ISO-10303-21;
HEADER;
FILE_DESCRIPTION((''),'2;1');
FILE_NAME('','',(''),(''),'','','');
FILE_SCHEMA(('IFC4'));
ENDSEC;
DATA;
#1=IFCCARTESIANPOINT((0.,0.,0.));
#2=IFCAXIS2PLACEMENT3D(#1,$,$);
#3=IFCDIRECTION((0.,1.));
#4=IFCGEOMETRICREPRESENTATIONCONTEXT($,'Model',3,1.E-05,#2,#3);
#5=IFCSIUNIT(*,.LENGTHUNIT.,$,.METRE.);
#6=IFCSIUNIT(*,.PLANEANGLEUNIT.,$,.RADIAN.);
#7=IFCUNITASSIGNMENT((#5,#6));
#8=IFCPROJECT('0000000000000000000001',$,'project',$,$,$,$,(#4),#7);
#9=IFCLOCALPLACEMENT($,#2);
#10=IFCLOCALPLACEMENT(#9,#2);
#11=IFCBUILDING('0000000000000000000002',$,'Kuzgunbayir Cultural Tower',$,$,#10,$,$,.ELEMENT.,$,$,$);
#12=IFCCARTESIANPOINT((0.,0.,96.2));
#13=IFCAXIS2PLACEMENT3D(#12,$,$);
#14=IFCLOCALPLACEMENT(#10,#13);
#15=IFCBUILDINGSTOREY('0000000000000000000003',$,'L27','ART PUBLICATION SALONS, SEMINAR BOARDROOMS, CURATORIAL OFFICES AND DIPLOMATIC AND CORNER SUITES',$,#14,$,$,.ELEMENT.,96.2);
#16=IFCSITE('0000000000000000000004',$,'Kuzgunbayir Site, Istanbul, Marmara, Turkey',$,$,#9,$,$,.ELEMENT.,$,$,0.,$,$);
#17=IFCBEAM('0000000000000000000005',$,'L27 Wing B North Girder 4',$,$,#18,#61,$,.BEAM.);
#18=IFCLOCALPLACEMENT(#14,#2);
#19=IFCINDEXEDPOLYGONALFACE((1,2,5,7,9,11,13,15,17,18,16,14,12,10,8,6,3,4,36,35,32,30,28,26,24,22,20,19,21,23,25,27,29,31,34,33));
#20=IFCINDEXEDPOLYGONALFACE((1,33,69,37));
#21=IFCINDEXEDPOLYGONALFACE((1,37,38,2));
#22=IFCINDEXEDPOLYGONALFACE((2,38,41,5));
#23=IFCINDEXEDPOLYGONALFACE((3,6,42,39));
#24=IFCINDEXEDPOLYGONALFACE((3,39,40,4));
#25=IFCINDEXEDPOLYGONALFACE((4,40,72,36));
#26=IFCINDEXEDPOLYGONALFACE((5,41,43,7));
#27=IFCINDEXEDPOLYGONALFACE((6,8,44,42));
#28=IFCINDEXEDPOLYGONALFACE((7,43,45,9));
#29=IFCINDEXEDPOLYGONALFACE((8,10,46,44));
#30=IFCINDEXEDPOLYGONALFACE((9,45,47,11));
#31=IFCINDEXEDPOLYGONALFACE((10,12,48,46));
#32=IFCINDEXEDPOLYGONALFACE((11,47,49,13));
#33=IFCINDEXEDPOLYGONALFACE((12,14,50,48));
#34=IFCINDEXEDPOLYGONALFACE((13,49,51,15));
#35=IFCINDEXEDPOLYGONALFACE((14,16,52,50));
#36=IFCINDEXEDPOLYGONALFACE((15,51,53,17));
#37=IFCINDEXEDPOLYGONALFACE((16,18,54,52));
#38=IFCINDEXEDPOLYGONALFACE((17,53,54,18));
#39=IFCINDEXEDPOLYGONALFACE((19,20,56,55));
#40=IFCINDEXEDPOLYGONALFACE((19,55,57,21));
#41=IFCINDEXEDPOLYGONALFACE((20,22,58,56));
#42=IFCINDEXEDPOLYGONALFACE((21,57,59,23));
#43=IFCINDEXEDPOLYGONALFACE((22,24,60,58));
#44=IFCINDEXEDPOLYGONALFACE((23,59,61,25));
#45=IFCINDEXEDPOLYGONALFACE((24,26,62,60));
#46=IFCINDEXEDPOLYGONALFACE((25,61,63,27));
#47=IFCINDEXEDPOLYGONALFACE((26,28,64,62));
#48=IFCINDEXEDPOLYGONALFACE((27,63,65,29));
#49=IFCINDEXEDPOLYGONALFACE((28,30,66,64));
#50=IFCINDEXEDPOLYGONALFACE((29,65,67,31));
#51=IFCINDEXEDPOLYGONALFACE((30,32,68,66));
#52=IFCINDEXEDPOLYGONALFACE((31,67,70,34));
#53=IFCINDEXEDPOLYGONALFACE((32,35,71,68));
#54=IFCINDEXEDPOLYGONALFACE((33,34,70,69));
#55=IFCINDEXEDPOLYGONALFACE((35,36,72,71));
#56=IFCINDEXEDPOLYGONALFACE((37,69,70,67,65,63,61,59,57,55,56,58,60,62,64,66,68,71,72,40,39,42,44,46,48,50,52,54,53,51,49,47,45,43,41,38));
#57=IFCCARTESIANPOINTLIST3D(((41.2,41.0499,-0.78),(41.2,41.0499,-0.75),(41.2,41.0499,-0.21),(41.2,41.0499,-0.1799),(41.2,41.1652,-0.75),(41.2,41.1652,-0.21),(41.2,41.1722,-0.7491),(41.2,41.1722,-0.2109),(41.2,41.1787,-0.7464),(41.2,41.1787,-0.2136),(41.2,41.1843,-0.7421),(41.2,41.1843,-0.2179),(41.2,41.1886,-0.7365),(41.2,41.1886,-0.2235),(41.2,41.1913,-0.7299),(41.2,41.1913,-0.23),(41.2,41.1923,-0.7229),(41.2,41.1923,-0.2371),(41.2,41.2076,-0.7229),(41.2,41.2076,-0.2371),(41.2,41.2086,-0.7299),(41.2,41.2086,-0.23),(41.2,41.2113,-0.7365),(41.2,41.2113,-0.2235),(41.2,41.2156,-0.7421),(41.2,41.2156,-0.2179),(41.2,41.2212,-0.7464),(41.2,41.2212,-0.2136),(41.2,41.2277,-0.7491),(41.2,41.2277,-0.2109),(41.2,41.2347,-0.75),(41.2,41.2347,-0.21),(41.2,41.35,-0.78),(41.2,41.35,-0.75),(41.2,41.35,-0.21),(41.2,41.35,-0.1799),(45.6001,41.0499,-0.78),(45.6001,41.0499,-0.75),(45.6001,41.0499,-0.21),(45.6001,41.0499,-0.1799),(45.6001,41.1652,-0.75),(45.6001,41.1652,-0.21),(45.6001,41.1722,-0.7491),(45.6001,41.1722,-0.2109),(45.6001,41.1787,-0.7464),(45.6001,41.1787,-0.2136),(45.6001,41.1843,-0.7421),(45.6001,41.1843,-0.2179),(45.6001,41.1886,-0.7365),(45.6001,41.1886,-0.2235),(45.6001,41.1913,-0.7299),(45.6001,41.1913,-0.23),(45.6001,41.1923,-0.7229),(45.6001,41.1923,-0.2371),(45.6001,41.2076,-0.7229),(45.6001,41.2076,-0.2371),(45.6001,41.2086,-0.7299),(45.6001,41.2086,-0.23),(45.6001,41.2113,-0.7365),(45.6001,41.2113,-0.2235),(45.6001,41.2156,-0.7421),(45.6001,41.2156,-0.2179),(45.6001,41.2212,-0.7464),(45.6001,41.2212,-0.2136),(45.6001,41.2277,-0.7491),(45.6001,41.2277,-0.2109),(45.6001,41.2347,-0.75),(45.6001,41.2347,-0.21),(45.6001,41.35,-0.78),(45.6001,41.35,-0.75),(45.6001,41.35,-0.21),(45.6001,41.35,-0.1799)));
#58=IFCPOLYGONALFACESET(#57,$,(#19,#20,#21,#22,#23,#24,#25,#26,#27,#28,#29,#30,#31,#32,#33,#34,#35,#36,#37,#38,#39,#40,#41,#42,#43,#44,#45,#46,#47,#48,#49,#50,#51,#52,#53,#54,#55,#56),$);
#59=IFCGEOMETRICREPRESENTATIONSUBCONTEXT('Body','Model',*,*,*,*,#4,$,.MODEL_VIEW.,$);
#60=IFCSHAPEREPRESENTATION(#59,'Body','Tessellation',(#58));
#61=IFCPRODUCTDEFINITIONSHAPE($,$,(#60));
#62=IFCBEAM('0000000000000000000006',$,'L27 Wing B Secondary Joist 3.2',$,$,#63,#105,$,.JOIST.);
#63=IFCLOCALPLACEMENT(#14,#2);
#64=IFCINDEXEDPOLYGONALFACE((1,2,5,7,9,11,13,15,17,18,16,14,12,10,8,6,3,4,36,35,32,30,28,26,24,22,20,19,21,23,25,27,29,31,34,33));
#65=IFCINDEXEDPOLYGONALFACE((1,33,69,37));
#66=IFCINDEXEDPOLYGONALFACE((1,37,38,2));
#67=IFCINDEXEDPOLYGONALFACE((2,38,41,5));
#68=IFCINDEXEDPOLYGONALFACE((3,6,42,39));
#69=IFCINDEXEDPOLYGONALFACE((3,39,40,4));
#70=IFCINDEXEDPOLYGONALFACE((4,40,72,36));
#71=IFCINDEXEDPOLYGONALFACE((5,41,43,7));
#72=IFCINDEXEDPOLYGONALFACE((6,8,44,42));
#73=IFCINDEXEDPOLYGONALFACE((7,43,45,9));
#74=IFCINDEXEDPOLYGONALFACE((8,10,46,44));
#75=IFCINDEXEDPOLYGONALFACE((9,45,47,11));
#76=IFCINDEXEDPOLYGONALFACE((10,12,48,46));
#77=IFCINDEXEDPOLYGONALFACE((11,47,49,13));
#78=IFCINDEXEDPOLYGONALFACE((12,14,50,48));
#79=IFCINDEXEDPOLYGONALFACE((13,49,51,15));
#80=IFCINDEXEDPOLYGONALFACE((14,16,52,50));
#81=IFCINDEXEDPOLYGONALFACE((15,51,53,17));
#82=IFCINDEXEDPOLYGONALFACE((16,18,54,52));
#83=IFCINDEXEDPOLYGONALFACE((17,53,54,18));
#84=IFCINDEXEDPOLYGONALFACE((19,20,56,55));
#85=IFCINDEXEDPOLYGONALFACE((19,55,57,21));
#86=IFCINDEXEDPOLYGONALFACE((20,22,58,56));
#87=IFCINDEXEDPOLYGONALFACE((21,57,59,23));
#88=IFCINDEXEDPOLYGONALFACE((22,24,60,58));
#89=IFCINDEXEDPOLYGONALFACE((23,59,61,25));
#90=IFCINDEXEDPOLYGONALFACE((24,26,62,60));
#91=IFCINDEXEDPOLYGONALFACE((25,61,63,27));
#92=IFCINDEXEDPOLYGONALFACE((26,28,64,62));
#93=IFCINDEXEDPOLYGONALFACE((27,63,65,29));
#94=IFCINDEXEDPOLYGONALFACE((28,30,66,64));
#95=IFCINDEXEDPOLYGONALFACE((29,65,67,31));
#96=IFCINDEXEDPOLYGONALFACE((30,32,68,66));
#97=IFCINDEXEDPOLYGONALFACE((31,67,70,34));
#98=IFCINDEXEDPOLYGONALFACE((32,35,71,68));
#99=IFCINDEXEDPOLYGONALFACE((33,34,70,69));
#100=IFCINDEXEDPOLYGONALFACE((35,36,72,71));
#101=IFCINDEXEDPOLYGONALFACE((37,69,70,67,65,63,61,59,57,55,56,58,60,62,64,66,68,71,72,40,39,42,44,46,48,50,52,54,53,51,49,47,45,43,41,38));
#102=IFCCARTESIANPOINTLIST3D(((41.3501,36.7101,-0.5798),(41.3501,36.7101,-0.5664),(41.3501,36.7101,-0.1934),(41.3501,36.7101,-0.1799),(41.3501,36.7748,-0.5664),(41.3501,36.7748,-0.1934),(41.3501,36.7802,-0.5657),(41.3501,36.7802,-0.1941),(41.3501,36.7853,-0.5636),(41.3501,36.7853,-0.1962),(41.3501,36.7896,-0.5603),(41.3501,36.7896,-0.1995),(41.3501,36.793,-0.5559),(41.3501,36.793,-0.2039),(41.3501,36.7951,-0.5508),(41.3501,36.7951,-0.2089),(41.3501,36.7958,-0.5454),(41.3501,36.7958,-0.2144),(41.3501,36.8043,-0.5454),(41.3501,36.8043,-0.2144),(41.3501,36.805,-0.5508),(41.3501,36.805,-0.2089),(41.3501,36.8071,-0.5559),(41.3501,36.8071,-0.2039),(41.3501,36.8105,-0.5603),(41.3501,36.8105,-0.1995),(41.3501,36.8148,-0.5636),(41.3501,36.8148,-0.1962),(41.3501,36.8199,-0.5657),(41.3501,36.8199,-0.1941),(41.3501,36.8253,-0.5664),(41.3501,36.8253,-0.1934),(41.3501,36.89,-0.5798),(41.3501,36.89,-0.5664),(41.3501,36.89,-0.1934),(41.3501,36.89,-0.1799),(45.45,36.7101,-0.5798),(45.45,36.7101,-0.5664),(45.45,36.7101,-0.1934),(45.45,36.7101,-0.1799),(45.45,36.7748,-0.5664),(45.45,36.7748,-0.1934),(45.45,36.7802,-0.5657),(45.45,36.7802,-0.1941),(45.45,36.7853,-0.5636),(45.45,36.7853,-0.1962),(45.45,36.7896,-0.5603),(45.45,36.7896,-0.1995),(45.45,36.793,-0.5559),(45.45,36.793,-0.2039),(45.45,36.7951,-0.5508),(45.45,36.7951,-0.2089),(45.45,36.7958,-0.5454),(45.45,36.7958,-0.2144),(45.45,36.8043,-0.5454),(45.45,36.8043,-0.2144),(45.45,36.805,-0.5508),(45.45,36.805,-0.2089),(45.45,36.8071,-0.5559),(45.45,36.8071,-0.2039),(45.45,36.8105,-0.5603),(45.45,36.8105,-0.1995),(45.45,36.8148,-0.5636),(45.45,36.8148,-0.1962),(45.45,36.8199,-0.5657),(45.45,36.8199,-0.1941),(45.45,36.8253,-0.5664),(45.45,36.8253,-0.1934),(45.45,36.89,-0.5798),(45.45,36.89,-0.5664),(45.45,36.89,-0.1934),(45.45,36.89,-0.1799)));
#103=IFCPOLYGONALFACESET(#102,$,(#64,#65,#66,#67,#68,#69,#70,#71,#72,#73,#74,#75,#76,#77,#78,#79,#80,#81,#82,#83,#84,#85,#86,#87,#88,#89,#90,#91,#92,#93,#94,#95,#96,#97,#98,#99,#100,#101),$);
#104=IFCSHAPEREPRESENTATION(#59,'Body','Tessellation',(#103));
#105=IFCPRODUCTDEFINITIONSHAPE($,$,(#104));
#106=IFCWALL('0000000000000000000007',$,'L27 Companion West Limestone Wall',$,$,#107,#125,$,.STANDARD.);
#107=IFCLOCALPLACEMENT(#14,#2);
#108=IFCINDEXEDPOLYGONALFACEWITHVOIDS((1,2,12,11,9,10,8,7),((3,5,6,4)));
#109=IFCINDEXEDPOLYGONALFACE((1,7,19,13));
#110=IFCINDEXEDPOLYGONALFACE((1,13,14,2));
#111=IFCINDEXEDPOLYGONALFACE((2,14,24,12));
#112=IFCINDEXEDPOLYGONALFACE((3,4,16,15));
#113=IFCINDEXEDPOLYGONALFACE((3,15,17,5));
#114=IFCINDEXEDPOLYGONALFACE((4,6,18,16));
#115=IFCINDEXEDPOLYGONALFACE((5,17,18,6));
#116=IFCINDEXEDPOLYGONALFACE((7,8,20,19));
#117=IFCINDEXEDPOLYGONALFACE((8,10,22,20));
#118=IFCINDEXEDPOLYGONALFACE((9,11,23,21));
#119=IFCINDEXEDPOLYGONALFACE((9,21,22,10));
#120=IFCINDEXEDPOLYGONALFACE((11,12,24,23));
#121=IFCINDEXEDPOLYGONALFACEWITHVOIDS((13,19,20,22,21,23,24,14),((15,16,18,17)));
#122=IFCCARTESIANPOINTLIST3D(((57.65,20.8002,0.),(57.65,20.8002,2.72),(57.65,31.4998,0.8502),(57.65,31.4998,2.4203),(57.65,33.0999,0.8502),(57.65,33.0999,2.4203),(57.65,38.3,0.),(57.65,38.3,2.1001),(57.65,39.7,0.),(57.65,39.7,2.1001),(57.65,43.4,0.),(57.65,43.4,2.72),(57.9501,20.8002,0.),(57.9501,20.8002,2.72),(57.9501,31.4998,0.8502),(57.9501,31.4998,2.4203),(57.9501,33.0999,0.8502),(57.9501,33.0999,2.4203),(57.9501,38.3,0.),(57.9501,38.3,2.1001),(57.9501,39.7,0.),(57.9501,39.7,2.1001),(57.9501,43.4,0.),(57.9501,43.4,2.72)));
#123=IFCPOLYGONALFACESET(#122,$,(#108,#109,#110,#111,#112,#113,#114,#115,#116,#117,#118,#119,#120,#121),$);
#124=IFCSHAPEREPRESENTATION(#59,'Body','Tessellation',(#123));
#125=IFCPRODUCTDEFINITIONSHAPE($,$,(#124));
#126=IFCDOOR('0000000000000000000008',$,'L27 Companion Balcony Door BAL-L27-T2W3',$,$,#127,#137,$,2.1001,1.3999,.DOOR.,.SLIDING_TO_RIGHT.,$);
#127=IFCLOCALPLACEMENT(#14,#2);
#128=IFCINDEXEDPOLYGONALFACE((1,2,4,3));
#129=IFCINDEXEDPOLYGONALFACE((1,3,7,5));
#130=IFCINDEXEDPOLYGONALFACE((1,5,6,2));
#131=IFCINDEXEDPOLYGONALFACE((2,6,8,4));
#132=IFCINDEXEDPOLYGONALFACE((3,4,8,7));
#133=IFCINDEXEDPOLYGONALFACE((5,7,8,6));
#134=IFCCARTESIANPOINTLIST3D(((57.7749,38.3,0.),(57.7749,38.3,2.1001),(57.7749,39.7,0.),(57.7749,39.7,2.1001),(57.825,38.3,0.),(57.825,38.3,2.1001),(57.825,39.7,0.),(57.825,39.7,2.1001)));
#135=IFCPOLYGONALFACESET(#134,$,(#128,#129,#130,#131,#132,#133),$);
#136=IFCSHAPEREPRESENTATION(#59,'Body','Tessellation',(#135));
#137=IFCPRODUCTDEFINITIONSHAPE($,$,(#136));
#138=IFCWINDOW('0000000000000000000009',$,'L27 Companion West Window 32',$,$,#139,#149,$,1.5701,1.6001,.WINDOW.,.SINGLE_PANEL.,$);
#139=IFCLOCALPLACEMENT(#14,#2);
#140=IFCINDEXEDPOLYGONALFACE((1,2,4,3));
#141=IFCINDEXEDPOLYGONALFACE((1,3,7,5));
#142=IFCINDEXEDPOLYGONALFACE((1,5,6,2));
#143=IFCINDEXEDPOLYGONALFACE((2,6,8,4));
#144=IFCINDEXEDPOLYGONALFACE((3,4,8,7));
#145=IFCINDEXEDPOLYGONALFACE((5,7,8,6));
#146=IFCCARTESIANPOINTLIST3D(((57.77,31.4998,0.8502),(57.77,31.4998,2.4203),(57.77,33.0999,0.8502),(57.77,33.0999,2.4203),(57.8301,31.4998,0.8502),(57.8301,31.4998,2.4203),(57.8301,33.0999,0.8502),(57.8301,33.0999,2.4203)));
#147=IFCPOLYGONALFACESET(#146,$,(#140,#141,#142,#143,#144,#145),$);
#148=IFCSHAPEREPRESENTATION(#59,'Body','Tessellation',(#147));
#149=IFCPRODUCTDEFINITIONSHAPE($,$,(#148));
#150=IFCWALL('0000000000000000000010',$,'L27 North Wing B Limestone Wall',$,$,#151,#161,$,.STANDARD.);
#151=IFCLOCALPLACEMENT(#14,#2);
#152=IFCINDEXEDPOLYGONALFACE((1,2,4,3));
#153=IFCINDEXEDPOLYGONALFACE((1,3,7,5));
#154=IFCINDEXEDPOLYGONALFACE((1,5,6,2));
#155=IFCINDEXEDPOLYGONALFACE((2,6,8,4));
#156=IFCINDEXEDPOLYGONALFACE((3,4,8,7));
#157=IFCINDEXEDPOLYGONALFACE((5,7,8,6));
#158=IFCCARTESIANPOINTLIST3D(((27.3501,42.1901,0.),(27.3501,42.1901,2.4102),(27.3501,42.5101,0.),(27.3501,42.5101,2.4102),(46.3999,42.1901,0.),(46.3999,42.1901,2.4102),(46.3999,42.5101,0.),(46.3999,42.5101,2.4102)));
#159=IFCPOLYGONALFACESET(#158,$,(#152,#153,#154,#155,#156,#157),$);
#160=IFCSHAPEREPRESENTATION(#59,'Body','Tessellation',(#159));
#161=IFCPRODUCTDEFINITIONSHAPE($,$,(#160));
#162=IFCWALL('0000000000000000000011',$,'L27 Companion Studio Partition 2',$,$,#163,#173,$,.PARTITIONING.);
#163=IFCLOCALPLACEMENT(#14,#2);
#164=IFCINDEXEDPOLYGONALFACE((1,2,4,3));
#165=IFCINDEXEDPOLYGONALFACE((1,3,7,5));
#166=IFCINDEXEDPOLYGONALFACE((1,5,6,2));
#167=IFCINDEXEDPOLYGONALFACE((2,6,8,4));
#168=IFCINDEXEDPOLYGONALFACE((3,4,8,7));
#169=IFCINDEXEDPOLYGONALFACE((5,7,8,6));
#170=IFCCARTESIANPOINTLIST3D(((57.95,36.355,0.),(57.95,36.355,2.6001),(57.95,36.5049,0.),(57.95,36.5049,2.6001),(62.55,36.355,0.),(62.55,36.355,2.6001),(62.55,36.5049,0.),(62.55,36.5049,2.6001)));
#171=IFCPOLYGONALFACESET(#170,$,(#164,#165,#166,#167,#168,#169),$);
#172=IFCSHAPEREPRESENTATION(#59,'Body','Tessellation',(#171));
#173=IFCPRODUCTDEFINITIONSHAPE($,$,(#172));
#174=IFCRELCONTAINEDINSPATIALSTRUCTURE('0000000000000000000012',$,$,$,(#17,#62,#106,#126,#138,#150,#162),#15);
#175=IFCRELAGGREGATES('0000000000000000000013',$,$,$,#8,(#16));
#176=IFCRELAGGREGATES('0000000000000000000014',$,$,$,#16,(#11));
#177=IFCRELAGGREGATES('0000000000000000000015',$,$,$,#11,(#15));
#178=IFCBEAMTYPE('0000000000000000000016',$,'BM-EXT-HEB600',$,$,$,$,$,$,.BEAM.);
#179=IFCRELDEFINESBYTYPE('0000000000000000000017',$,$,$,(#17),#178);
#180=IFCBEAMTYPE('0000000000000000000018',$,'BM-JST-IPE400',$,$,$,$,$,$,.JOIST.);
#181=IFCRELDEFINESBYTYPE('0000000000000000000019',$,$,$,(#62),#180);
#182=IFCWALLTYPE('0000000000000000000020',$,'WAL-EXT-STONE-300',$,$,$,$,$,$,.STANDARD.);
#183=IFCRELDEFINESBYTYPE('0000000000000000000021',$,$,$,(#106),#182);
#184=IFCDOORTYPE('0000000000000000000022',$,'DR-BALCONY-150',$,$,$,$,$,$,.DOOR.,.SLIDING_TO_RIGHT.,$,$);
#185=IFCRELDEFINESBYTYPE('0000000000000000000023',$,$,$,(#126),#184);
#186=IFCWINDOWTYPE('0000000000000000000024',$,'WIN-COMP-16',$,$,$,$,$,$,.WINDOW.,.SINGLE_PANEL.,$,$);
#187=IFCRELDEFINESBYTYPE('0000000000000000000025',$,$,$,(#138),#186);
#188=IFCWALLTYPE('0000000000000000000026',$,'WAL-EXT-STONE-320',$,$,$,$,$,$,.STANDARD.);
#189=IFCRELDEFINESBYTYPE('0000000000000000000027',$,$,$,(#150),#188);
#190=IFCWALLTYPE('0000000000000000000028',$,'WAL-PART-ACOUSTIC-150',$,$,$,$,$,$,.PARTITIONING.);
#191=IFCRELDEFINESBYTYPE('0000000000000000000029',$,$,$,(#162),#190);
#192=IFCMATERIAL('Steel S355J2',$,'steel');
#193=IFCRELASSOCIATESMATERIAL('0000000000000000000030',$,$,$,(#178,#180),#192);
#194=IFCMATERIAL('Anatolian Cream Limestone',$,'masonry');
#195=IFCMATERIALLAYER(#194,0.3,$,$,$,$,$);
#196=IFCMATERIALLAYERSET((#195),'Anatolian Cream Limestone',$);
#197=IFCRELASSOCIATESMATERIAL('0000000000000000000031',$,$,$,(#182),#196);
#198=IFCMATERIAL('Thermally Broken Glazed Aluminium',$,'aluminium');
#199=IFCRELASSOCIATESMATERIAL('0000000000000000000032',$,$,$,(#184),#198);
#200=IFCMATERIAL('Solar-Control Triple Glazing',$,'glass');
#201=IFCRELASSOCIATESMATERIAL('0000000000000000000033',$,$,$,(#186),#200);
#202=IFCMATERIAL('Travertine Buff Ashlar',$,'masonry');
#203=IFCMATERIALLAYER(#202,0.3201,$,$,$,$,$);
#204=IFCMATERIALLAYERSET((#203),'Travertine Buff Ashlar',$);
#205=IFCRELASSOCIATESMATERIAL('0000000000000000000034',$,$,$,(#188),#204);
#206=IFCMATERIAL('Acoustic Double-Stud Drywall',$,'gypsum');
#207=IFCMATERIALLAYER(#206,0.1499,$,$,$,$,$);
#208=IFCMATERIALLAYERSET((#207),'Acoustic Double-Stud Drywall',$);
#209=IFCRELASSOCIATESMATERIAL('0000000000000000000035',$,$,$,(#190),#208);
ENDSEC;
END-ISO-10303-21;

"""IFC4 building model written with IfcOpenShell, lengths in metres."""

from ifc_helpers import new_model, si_unit, direction, frame, frame_2d, origin, origin_2d, place, context, subcontext, project, spatial, rectangle, i_section, extrude, material, layer, layer_set, material_profile, profile_set, type_object, element, fill, save


model = new_model("IFC4")

# Units and contexts
model_context = context("Model", 3, precision=1e-05, world=origin(), true_north=direction((0.0, 1.0)))
body_context = subcontext(model_context, "Body", "Model", "MODEL_VIEW")
ifc_project = project(units=[si_unit("LENGTHUNIT", "METRE"), si_unit("PLANEANGLEUNIT", "RADIAN")], contexts=[model_context])

# Site, building, storey
site_placement = place(None, origin())
site = spatial("IfcSite", under=ifc_project, at=site_placement, Name="Kuzgunbayir Site, Istanbul, Marmara, Turkey", CompositionType="ELEMENT", RefElevation=0.0)
building_placement = place(site_placement, origin())
building = spatial("IfcBuilding", under=site, at=building_placement, Name="Kuzgunbayir Cultural Tower", CompositionType="ELEMENT")
storey_placement = place(building_placement, frame((0.0, 0.0, 96.2)))
storey = spatial("IfcBuildingStorey", under=building, at=storey_placement, Name="L27", Description="ART PUBLICATION SALONS, SEMINAR BOARDROOMS, CURATORIAL OFFICES AND DIPLOMATIC AND CORNER SUITES", CompositionType="ELEMENT", Elevation=96.2)

# Beams
ifc_material_1 = material(Name="Steel S355J2", Category="steel")
ifc_material_profile_1 = material_profile(ifc_material_1, i_section(OverallWidth=0.3, OverallDepth=0.6001, WebThickness=0.0154, FlangeThickness=0.03, FilletRadius=0.0271, at=origin_2d()), Name="HEB 600")
ifc_profile_set_1 = profile_set([ifc_material_profile_1], Name="Steel S355J2")
beam_type_1 = type_object("IfcBeamType", Name="BM-EXT-HEB600", PredefinedType="BEAM", material=ifc_profile_set_1)
beam_1_placement = place(storey_placement, frame((41.2, 41.2, -0.48), z_axis=(1.0, 0.0, 0.0), x_axis=(0.0, 1.0, 0.0)))
element("IfcBeam", 1, at=beam_1_placement, inside=storey, type_object=beam_type_1, Name="L27 Wing B North Girder 4", PredefinedType="BEAM", context=body_context, shape_type="SweptSolid", body=[
    extrude(i_section(OverallWidth=0.3, OverallDepth=0.6001, WebThickness=0.0154, FlangeThickness=0.03, FilletRadius=0.0271, at=origin_2d()), origin(), (0.0, 0.0, 1.0), 4.4001),
])
ifc_material_profile_2 = material_profile(ifc_material_1, i_section(OverallWidth=0.1799, OverallDepth=0.3999, WebThickness=0.0085, FlangeThickness=0.0134, FilletRadius=0.021, at=origin_2d()), Name="IPE 400")
ifc_profile_set_2 = profile_set([ifc_material_profile_2], Name="Steel S355J2")
beam_type_2 = type_object("IfcBeamType", Name="BM-JST-IPE400", PredefinedType="JOIST", material=ifc_profile_set_2)
beam_2_placement = place(storey_placement, frame((41.3501, 36.8, -0.3799), z_axis=(1.0, 0.0, 0.0), x_axis=(0.0, 1.0, 0.0)))
element("IfcBeam", 2, at=beam_2_placement, inside=storey, type_object=beam_type_2, Name="L27 Wing B Secondary Joist 3.2", PredefinedType="JOIST", context=body_context, shape_type="SweptSolid", body=[
    extrude(i_section(OverallWidth=0.1799, OverallDepth=0.3999, WebThickness=0.0085, FlangeThickness=0.0134, FilletRadius=0.021, at=origin_2d()), origin(), (0.0, 0.0, 1.0), 4.0999),
])

# Wall, openings, door, window
ifc_material_2 = material(Name="Anatolian Cream Limestone", Category="masonry")
ifc_layer_1 = layer(ifc_material_2, 0.3)
ifc_layer_set_1 = layer_set([ifc_layer_1], Name="Anatolian Cream Limestone")
wall_type_1 = type_object("IfcWallType", Name="WAL-EXT-STONE-300", PredefinedType="STANDARD", material=ifc_layer_set_1)
wall_1_placement = place(storey_placement, frame((57.8, 43.3999, 0.0), z_axis=(0.0, 0.0, 1.0), x_axis=(0.0, -1.0, 0.0)))
wall_1 = element("IfcWall", 3, at=wall_1_placement, inside=storey, type_object=wall_type_1, Name="L27 Companion West Limestone Wall", PredefinedType="STANDARD", context=body_context, shape_type="SweptSolid", body=[
    extrude(rectangle(XDim=22.5999, YDim=0.3, at=frame_2d((11.2998, 0.0))), origin(), (0.0, 0.0, 1.0), 2.72),
])
opening_1_placement = place(wall_1_placement, frame((3.7, 0.0, 0.0)))
opening_1 = element("IfcOpeningElement", 4, at=opening_1_placement, cuts=wall_1, PredefinedType="OPENING", context=body_context, shape_type="SweptSolid", body=[
    extrude(rectangle(XDim=1.3999, YDim=2.1001, at=frame_2d((0.7, 1.05))), frame((0.0, 0.1602, 0.0), z_axis=(0.0, -1.0, 0.0), x_axis=(1.0, 0.0, 0.0)), (0.0, 0.0, 1.0), 0.3201),
])
opening_2_placement = place(wall_1_placement, frame((10.3, 0.0, 0.8501)))
opening_2 = element("IfcOpeningElement", 5, at=opening_2_placement, cuts=wall_1, PredefinedType="OPENING", context=body_context, shape_type="SweptSolid", body=[
    extrude(rectangle(XDim=1.6001, YDim=1.5701, at=frame_2d((0.8, 0.7852))), frame((0.0, 0.1602, 0.0), z_axis=(0.0, -1.0, 0.0), x_axis=(1.0, 0.0, 0.0)), (0.0, 0.0, 1.0), 0.3201),
])
ifc_material_3 = material(Name="Thermally Broken Glazed Aluminium", Category="aluminium")
door_type_1 = type_object("IfcDoorType", Name="DR-BALCONY-150", OperationType="SLIDING_TO_RIGHT", PredefinedType="DOOR", material=ifc_material_3)
door_1_placement = place(opening_1_placement, origin())
door_1 = element("IfcDoor", 6, at=door_1_placement, inside=storey, type_object=door_type_1, Name="L27 Companion Balcony Door BAL-L27-T2W3", OperationType="SLIDING_TO_RIGHT", OverallHeight=2.1001, OverallWidth=1.3999, PredefinedType="DOOR", context=body_context, shape_type="SweptSolid", body=[
    extrude(rectangle(XDim=1.3999, YDim=2.1001, at=frame_2d((0.7, 1.05))), frame((0.0, 0.0249, 0.0), z_axis=(0.0, -1.0, 0.0), x_axis=(1.0, 0.0, 0.0)), (0.0, 0.0, 1.0), 0.05),
])
fill(opening_1, door_1)
ifc_material_4 = material(Name="Solar-Control Triple Glazing", Category="glass")
window_type = type_object("IfcWindowType", Name="WIN-COMP-16", PartitioningType="SINGLE_PANEL", PredefinedType="WINDOW", material=ifc_material_4)
window_placement = place(opening_2_placement, origin())
window = element("IfcWindow", 7, at=window_placement, inside=storey, type_object=window_type, Name="L27 Companion West Window 32", OverallHeight=1.5701, OverallWidth=1.6001, PartitioningType="SINGLE_PANEL", PredefinedType="WINDOW", context=body_context, shape_type="SweptSolid", body=[
    extrude(rectangle(XDim=1.6001, YDim=1.5701, at=frame_2d((0.8, 0.7852))), frame((0.0, 0.03, 0.0), z_axis=(0.0, -1.0, 0.0), x_axis=(1.0, 0.0, 0.0)), (0.0, 0.0, 1.0), 0.0601),
])
fill(opening_2, window)

# Wall
ifc_material_5 = material(Name="Travertine Buff Ashlar", Category="masonry")
ifc_layer_2 = layer(ifc_material_5, 0.3201)
ifc_layer_set_2 = layer_set([ifc_layer_2], Name="Travertine Buff Ashlar")
wall_type_2 = type_object("IfcWallType", Name="WAL-EXT-STONE-320", PredefinedType="STANDARD", material=ifc_layer_set_2)
wall_2_placement = place(storey_placement, frame((46.3999, 42.3501, 0.0), z_axis=(0.0, 0.0, 1.0), x_axis=(-1.0, 0.0, 0.0)))
element("IfcWall", 8, at=wall_2_placement, inside=storey, type_object=wall_type_2, Name="L27 North Wing B Limestone Wall", PredefinedType="STANDARD", context=body_context, shape_type="SweptSolid", body=[
    extrude(rectangle(XDim=19.0498, YDim=0.3201, at=frame_2d((9.5249, 0.0))), origin(), (0.0, 0.0, 1.0), 2.4102),
])

# Shared definitions
ifc_material_6 = material(Name="Acoustic Double-Stud Drywall", Category="gypsum")
ifc_layer_3 = layer(ifc_material_6, 0.1499)
ifc_layer_set_3 = layer_set([ifc_layer_3], Name="Acoustic Double-Stud Drywall")
wall_type_3 = type_object("IfcWallType", Name="WAL-PART-ACOUSTIC-150", PredefinedType="PARTITIONING", material=ifc_layer_set_3)

# Wall
wall_3_placement = place(storey_placement, frame((57.95, 36.4299, 0.0), z_axis=(0.0, 0.0, 1.0), x_axis=(1.0, 0.0, 0.0)))
element("IfcWall", 9, at=wall_3_placement, inside=storey, type_object=wall_type_3, Name="L27 Companion Studio Partition 2", PredefinedType="PARTITIONING", context=body_context, shape_type="SweptSolid", body=[
    extrude(rectangle(XDim=4.6001, YDim=0.1499, at=frame_2d((2.3, 0.0))), origin(), (0.0, 0.0, 1.0), 2.6001),
])

save(model, "model.ifc")
